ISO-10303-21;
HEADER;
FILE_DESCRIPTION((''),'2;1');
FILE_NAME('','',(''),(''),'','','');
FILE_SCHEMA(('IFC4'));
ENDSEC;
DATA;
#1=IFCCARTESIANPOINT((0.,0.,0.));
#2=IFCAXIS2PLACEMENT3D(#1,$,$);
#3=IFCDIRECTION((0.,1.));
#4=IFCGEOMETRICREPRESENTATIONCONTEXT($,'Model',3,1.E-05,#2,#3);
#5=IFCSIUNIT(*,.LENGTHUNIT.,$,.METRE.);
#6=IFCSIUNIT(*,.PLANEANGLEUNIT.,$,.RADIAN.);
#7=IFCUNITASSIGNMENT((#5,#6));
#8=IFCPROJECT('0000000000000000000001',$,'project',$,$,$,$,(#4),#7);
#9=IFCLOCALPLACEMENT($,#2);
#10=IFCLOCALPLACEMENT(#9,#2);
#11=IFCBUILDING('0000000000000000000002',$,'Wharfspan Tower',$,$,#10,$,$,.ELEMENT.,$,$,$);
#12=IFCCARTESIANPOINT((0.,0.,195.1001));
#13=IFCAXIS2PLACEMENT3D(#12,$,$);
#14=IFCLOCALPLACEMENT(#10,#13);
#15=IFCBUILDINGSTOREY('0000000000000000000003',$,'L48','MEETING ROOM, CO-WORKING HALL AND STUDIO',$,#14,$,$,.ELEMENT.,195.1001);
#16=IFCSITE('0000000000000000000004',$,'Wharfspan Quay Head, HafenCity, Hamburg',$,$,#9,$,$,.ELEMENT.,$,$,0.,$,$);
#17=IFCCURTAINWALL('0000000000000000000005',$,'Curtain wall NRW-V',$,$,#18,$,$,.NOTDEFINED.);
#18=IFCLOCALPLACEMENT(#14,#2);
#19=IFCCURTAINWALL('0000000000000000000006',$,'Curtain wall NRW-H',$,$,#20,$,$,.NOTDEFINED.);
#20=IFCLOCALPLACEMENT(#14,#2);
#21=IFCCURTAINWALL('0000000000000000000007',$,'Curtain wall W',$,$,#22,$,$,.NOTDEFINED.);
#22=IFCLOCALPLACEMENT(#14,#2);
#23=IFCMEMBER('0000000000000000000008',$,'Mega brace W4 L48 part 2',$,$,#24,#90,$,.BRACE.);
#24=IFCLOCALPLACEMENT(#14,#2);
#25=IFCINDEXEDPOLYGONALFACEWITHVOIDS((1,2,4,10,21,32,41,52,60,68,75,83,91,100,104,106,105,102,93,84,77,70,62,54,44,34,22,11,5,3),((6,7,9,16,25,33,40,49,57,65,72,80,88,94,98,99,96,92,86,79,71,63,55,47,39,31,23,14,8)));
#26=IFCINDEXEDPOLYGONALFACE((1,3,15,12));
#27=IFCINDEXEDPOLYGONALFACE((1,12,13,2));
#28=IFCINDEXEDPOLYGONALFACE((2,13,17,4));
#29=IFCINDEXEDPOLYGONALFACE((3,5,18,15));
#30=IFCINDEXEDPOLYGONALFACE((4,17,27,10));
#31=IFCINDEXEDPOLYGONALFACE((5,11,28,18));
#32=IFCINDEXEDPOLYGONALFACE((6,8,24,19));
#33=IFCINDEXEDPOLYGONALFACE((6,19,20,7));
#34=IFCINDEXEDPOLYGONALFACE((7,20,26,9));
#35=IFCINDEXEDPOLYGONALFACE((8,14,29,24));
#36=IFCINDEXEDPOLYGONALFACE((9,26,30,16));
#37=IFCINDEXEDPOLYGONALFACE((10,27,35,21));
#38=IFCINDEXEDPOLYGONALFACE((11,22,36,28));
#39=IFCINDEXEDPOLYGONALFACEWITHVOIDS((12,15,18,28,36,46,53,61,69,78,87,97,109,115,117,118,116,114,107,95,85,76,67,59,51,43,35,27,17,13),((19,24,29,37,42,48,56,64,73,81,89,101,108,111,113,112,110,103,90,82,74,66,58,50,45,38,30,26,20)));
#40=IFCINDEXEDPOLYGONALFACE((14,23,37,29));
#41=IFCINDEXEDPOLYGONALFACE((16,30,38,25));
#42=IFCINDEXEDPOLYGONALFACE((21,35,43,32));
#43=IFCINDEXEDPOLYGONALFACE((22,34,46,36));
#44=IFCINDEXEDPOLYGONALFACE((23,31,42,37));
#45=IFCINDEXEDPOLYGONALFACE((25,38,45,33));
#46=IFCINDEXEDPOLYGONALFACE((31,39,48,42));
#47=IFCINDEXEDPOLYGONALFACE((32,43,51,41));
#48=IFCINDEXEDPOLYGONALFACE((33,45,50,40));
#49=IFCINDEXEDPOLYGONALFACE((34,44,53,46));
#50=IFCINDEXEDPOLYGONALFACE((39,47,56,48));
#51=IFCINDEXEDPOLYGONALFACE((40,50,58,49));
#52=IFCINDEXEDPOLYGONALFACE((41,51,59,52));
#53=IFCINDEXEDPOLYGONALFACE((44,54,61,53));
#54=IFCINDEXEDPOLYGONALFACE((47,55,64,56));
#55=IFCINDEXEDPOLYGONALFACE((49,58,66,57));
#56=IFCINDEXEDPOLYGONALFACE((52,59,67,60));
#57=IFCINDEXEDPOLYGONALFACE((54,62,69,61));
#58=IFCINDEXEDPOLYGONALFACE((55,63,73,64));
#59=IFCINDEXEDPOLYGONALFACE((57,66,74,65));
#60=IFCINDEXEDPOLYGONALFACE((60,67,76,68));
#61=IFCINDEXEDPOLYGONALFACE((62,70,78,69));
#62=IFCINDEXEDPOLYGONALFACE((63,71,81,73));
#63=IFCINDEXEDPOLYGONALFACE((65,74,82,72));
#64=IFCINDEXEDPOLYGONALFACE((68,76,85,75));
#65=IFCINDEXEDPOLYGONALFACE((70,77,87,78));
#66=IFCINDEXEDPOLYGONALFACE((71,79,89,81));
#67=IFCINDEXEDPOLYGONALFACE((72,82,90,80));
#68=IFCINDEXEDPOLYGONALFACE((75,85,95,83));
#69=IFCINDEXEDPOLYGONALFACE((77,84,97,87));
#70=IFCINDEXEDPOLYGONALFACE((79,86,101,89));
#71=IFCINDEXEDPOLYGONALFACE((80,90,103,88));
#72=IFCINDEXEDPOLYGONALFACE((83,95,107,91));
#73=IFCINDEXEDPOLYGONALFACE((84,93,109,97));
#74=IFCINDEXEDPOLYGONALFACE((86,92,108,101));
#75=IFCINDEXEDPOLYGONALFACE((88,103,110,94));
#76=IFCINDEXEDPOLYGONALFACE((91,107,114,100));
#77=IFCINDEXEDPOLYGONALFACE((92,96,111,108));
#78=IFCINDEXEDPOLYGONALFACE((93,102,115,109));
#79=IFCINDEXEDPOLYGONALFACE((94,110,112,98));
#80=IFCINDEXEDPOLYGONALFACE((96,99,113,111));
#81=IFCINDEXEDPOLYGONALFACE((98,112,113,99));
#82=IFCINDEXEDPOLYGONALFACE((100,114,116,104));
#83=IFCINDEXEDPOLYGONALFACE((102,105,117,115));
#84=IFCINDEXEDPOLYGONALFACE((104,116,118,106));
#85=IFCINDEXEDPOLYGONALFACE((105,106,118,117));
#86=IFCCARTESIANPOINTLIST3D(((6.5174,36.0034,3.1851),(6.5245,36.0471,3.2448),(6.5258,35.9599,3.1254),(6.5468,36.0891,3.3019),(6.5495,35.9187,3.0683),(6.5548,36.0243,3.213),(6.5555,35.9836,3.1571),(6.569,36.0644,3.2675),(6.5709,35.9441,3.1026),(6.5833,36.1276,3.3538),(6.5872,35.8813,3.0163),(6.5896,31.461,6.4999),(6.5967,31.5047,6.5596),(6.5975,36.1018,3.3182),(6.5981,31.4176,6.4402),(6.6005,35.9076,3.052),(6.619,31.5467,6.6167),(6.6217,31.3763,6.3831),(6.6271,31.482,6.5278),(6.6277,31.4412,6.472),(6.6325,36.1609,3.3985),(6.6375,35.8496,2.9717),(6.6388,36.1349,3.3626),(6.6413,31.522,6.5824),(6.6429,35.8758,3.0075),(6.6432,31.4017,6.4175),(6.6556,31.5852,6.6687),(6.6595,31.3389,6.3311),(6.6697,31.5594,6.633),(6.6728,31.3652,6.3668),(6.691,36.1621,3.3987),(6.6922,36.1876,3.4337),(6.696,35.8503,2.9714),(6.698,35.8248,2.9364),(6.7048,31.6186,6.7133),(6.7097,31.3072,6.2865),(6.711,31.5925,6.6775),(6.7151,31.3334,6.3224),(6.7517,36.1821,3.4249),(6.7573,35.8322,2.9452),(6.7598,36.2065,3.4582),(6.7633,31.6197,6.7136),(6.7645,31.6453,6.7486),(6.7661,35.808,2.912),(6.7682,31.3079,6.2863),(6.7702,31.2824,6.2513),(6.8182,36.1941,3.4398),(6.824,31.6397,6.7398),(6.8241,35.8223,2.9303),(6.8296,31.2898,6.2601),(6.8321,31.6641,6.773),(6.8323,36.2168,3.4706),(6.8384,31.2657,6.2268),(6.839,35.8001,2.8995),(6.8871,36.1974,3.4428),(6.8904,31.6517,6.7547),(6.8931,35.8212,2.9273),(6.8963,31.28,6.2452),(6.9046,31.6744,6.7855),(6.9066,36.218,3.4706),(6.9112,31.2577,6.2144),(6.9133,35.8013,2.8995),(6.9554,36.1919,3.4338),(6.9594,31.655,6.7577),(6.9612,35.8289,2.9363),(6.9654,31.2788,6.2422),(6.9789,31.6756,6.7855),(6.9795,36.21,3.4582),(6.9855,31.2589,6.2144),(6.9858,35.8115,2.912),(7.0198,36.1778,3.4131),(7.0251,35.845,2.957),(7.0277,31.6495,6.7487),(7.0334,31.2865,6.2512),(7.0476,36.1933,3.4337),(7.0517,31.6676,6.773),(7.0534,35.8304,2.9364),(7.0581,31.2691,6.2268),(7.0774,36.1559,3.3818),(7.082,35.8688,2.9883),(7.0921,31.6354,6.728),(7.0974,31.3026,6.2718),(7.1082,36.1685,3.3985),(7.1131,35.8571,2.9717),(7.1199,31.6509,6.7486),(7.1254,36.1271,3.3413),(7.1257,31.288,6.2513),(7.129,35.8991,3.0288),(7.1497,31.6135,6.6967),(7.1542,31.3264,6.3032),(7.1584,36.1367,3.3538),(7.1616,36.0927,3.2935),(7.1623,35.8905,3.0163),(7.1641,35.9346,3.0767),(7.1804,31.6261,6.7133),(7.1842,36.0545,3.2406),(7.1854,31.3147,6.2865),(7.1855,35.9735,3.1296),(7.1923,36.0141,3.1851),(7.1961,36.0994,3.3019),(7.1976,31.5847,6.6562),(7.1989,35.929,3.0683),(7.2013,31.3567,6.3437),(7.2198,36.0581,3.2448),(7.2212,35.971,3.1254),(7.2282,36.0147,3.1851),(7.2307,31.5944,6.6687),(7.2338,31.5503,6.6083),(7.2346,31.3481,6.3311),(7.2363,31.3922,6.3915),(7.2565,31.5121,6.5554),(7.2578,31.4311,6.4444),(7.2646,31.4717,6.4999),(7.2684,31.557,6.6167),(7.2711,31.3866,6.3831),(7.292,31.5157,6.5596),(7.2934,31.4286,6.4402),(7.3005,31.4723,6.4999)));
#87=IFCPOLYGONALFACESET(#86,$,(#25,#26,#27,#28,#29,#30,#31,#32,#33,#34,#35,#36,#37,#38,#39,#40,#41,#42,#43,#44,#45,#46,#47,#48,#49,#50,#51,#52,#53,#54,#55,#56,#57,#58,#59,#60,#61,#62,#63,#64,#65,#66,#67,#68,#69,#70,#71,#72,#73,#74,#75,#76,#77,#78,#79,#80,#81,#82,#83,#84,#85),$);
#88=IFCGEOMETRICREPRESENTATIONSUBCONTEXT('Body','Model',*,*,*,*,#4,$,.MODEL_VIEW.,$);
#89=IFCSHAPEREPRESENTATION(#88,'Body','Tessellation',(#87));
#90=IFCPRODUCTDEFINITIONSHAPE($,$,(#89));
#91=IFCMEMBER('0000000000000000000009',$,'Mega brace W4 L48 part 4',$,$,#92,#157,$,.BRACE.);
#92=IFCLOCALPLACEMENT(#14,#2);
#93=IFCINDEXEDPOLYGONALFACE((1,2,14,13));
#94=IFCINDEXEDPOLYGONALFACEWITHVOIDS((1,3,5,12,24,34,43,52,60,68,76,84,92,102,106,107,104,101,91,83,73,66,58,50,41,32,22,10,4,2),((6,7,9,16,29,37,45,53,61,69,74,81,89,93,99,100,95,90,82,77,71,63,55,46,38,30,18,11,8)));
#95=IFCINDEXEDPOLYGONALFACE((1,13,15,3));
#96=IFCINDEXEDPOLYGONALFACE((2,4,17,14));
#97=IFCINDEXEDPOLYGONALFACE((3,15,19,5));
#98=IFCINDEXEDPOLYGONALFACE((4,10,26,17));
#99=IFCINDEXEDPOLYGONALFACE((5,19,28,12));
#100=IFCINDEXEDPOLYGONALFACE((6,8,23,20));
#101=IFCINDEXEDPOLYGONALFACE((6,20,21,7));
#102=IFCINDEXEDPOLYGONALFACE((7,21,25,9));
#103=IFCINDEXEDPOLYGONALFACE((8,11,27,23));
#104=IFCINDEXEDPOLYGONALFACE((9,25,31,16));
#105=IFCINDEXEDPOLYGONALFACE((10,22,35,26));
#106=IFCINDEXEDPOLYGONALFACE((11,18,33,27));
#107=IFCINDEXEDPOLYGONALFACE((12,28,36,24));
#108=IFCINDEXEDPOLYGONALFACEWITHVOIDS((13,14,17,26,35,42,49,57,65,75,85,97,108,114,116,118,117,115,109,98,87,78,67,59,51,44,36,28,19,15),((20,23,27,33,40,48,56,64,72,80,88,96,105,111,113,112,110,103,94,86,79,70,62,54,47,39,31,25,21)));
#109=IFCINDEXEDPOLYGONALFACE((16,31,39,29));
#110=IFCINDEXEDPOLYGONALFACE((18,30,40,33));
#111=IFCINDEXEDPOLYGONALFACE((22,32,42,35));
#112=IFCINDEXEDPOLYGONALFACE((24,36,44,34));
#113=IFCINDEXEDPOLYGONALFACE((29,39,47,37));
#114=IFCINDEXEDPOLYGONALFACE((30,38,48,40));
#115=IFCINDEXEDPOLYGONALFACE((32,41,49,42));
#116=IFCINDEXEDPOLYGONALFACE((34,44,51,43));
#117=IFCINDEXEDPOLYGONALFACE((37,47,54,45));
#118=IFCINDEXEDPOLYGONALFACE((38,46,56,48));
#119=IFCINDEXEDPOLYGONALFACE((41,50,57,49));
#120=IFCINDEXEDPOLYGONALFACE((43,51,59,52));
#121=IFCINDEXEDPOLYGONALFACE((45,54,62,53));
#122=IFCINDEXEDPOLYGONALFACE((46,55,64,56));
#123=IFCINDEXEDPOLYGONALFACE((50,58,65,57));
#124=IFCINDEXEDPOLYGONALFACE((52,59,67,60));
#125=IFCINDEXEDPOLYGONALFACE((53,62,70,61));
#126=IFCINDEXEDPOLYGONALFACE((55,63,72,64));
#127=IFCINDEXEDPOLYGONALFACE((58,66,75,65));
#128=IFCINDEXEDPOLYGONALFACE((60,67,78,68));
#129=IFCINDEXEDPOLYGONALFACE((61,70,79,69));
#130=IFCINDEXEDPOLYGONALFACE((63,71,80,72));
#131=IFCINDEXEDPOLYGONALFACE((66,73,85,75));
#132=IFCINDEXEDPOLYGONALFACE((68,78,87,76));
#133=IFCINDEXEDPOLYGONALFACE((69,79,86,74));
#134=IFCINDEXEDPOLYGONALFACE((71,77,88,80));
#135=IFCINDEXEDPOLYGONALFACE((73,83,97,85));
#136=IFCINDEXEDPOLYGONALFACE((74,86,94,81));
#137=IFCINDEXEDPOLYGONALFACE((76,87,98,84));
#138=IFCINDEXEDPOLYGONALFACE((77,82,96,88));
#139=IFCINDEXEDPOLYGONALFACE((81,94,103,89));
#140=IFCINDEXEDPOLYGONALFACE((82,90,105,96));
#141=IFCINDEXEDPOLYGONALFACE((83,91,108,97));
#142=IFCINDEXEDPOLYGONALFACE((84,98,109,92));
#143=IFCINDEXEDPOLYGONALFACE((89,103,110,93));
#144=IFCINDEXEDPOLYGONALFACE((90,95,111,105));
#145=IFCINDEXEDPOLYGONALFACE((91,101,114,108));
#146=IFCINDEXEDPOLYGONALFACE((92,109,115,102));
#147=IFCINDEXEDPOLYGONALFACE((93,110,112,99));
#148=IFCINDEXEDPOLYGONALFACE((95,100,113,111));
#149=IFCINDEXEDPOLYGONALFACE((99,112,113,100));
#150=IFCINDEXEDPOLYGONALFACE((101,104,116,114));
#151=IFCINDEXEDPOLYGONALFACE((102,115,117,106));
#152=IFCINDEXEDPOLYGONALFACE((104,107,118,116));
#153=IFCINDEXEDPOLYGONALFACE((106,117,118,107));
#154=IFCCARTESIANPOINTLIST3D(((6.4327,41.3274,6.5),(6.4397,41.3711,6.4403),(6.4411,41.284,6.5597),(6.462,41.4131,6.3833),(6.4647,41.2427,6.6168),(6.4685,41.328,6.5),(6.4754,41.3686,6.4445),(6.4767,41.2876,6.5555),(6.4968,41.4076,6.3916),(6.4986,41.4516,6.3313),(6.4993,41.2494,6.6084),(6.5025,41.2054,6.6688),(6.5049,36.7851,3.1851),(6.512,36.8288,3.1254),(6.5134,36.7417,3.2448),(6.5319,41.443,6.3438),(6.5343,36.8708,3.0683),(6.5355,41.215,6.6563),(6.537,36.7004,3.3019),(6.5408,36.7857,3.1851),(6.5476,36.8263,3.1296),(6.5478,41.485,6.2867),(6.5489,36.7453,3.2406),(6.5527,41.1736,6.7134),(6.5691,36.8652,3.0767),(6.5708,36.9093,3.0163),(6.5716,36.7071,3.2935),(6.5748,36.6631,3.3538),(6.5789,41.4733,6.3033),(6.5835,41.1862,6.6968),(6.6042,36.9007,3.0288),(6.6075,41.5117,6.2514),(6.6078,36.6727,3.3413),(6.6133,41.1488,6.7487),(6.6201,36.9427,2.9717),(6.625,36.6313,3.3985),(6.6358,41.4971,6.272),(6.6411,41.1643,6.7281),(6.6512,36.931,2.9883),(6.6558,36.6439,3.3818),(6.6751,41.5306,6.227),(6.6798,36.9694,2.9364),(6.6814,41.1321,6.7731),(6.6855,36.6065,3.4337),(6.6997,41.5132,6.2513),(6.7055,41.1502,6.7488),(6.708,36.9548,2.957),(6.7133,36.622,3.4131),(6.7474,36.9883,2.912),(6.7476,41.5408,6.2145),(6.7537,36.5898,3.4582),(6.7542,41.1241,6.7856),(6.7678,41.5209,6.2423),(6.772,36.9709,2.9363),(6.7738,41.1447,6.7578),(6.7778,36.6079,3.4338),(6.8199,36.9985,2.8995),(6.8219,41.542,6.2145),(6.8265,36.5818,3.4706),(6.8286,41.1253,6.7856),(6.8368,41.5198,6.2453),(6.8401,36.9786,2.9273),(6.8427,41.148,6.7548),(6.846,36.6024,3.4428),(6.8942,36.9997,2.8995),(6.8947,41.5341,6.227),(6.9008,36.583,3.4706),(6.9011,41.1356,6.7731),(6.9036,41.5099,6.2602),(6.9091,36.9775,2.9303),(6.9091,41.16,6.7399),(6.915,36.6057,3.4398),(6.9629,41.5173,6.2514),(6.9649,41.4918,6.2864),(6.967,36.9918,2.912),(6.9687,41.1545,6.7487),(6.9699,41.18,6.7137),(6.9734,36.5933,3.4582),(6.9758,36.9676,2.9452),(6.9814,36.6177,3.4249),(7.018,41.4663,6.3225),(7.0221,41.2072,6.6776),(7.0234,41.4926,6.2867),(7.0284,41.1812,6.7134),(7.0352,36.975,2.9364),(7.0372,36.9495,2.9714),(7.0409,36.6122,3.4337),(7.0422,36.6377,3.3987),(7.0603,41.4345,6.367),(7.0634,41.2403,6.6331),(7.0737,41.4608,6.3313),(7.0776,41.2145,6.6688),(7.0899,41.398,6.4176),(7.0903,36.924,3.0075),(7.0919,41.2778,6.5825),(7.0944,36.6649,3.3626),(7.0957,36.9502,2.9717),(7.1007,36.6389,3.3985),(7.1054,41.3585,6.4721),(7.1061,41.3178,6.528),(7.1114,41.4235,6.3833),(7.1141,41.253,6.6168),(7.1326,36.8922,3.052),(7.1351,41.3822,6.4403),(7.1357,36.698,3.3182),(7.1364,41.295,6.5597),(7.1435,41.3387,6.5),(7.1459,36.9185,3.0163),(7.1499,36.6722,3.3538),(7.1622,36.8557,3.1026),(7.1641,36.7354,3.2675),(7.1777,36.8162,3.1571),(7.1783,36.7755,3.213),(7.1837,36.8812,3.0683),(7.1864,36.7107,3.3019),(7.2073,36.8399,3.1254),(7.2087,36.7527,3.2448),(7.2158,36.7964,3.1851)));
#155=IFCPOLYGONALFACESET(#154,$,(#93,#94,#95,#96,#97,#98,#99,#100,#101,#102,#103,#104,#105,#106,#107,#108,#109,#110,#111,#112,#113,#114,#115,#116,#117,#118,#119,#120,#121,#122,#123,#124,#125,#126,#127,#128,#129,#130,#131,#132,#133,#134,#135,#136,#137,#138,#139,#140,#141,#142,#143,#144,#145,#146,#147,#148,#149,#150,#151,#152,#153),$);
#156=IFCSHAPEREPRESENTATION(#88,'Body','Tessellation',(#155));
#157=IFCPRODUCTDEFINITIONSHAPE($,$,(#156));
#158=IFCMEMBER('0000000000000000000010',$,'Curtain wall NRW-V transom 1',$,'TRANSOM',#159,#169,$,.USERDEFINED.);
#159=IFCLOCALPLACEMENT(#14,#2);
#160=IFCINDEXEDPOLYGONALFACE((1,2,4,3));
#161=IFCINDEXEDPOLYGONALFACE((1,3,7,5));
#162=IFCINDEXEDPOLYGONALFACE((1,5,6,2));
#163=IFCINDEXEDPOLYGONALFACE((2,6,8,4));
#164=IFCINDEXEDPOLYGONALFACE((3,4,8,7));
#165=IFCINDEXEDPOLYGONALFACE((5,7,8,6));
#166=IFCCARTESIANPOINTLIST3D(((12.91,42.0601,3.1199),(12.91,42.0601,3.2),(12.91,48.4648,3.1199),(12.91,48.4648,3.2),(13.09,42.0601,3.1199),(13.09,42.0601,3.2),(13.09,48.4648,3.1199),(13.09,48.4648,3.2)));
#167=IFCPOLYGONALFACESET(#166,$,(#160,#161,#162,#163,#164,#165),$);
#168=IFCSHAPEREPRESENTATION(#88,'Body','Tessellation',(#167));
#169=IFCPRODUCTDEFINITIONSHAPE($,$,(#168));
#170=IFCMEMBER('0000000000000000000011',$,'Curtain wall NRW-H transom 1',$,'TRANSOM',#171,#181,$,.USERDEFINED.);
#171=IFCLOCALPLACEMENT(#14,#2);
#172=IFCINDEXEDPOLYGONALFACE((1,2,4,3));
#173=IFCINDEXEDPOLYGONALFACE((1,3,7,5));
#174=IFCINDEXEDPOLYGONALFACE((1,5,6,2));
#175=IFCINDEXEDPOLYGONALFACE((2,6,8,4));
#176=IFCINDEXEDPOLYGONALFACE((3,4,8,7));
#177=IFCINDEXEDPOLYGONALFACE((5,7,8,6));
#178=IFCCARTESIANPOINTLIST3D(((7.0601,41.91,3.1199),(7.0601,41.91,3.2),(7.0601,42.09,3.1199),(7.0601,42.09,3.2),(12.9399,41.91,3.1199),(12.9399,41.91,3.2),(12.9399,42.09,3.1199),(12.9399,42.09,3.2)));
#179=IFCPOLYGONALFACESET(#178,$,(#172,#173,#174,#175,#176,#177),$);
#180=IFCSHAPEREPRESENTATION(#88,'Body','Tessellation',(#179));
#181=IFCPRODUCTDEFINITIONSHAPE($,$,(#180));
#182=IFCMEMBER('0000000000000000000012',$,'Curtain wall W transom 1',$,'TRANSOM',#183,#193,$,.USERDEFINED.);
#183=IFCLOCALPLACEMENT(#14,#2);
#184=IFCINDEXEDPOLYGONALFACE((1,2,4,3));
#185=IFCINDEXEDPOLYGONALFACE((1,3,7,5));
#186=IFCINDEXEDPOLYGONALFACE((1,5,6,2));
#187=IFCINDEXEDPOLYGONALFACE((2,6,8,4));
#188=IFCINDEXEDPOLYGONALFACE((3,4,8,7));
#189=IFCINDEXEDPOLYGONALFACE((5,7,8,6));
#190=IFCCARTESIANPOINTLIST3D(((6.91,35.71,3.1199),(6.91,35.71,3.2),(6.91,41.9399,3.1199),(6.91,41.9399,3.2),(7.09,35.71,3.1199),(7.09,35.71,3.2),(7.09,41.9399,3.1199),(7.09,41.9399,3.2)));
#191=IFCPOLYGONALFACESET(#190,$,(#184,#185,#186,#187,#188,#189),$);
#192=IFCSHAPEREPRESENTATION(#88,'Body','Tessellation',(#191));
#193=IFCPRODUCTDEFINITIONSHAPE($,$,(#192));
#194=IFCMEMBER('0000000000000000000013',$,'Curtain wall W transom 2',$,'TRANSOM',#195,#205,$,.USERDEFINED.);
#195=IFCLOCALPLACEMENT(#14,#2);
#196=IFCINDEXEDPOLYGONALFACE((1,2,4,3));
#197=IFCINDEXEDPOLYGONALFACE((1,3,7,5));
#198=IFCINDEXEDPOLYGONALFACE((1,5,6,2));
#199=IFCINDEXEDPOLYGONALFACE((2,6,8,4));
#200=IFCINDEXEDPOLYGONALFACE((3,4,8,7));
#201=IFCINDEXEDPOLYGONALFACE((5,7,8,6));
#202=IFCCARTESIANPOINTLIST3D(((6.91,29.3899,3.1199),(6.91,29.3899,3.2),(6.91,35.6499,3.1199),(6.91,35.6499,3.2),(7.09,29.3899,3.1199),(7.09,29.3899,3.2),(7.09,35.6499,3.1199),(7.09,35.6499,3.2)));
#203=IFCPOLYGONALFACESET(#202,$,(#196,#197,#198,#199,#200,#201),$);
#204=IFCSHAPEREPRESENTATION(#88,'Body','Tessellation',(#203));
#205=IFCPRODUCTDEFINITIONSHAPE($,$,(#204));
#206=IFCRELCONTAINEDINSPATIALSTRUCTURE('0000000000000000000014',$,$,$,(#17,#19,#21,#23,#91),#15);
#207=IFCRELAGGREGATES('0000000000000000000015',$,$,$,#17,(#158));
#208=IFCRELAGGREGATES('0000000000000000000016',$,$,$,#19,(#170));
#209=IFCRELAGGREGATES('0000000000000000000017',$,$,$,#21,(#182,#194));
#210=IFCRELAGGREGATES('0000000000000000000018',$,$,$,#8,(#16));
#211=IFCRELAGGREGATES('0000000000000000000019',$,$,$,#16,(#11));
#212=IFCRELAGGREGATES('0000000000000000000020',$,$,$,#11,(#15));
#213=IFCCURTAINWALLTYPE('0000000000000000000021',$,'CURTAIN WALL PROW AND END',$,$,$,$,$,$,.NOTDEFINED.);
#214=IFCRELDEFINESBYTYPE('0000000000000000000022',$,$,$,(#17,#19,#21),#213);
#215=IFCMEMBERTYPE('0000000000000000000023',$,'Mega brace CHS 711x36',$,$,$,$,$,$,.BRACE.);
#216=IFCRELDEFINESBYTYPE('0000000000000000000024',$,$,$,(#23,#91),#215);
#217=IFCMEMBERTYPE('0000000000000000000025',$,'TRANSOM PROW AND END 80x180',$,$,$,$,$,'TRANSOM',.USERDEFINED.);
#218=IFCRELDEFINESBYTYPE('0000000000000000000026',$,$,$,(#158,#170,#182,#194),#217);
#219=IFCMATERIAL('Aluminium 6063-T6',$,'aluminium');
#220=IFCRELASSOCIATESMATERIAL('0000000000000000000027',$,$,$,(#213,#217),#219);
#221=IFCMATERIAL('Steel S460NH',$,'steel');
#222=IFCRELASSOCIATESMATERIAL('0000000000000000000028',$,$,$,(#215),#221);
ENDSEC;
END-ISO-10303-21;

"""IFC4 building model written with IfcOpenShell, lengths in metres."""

from ifc_helpers import new_model, si_unit, direction, frame, origin, origin_2d, place, context, subcontext, project, spatial, rectangle, hollow_circle, extrude, material, material_profile, profile_set, type_object, element, aggregate, save


model = new_model("IFC4")

# Units and contexts
model_context = context("Model", 3, precision=1e-05, world=origin(), true_north=direction((0.0, 1.0)))
body_context = subcontext(model_context, "Body", "Model", "MODEL_VIEW")
ifc_project = project(units=[si_unit("LENGTHUNIT", "METRE"), si_unit("PLANEANGLEUNIT", "RADIAN")], contexts=[model_context])

# Site, building, storey
site_placement = place(None, origin())
site = spatial("IfcSite", under=ifc_project, at=site_placement, Name="Wharfspan Quay Head, HafenCity, Hamburg", CompositionType="ELEMENT", RefElevation=0.0)
building_placement = place(site_placement, origin())
building = spatial("IfcBuilding", under=site, at=building_placement, Name="Wharfspan Tower", CompositionType="ELEMENT")
storey_placement = place(building_placement, frame((0.0, 0.0, 195.1001)))
storey = spatial("IfcBuildingStorey", under=building, at=storey_placement, Name="L48", Description="MEETING ROOM, CO-WORKING HALL AND STUDIO", CompositionType="ELEMENT", Elevation=195.1001)

# Curtain walls
ifc_material_1 = material(Name="Aluminium 6063-T6", Category="aluminium")
curtain_wall_type = type_object("IfcCurtainWallType", Name="CURTAIN WALL PROW AND END", PredefinedType="NOTDEFINED", material=ifc_material_1)
curtain_wall_1_placement = place(storey_placement, origin())
curtain_wall_1 = element("IfcCurtainWall", 1, at=curtain_wall_1_placement, inside=storey, type_object=curtain_wall_type, Name="Curtain wall NRW-V", PredefinedType="NOTDEFINED")
curtain_wall_2_placement = place(storey_placement, origin())
curtain_wall_2 = element("IfcCurtainWall", 2, at=curtain_wall_2_placement, inside=storey, type_object=curtain_wall_type, Name="Curtain wall NRW-H", PredefinedType="NOTDEFINED")
curtain_wall_3_placement = place(storey_placement, origin())
curtain_wall_3 = element("IfcCurtainWall", 3, at=curtain_wall_3_placement, inside=storey, type_object=curtain_wall_type, Name="Curtain wall W", PredefinedType="NOTDEFINED")

# Members
ifc_material_2 = material(Name="Steel S460NH", Category="steel")
ifc_material_profile_1 = material_profile(ifc_material_2, hollow_circle(Radius=0.3555, WallThickness=0.0359, at=origin_2d()))
ifc_profile_set_1 = profile_set([ifc_material_profile_1], Name="Steel S460NH")
member_type_1 = type_object("IfcMemberType", Name="Mega brace CHS 711x36", PredefinedType="BRACE", material=ifc_profile_set_1)
for number, where, z_axis, x_axis, name in (
    (4, (6.8728, 36.009, 3.1851), (0.01285, -0.807711, 0.589439), (0.999876, 0.015905, -0.000003), "Mega brace W4 L48 part 2"),
    (5, (6.8604, 36.7908, 3.1851), (-0.01285, 0.807696, 0.589459), (-0.999875, -0.015906, -0.000002), "Mega brace W4 L48 part 4"),
):
    element("IfcMember", number, at=place(storey_placement, frame(where, z_axis=z_axis, x_axis=x_axis)), inside=storey, type_object=member_type_1, Name=name, PredefinedType="BRACE", context=body_context, shape_type="SweptSolid", body=[
        extrude(hollow_circle(Radius=0.3555, WallThickness=0.0359, at=origin_2d()), origin(), (0.0, 0.0, 1.0), 5.6238),
    ])

# Members
ifc_material_profile_2 = material_profile(ifc_material_1, rectangle(XDim=0.1799, YDim=0.0801, at=origin_2d()))
ifc_profile_set_2 = profile_set([ifc_material_profile_2], Name="Aluminium 6063-T6")
member_type_2 = type_object("IfcMemberType", Name="TRANSOM PROW AND END 80x180", ElementType="TRANSOM", PredefinedType="USERDEFINED", material=ifc_profile_set_2)
member_1_placement = place(storey_placement, frame((13.0, 48.4648, 3.1599), z_axis=(0.0, -1.0, 0.0), x_axis=(1.0, 0.0, 0.0)))
member_1 = element("IfcMember", 6, at=member_1_placement, type_object=member_type_2, Name="Curtain wall NRW-V transom 1", ObjectType="TRANSOM", PredefinedType="USERDEFINED", context=body_context, shape_type="SweptSolid", body=[
    extrude(rectangle(XDim=0.1799, YDim=0.0801, at=origin_2d()), origin(), (0.0, 0.0, 1.0), 6.4048),
])
member_2_placement = place(storey_placement, frame((12.9399, 42.0, 3.1599), z_axis=(-1.0, 0.0, 0.0), x_axis=(0.0, -1.0, 0.0)))
member_2 = element("IfcMember", 7, at=member_2_placement, type_object=member_type_2, Name="Curtain wall NRW-H transom 1", ObjectType="TRANSOM", PredefinedType="USERDEFINED", context=body_context, shape_type="SweptSolid", body=[
    extrude(rectangle(XDim=0.1799, YDim=0.0801, at=origin_2d()), origin(), (0.0, 0.0, 1.0), 5.8799),
])
member_3_placement = place(storey_placement, frame((7.0, 41.9399, 3.1599), z_axis=(0.0, -1.0, 0.0), x_axis=(1.0, 0.0, 0.0)))
member_3 = element("IfcMember", 8, at=member_3_placement, type_object=member_type_2, Name="Curtain wall W transom 1", ObjectType="TRANSOM", PredefinedType="USERDEFINED", context=body_context, shape_type="SweptSolid", body=[
    extrude(rectangle(XDim=0.1799, YDim=0.0801, at=origin_2d()), origin(), (0.0, 0.0, 1.0), 6.23),
])
member_4_placement = place(storey_placement, frame((7.0, 35.6499, 3.1599), z_axis=(0.0, -1.0, 0.0), x_axis=(1.0, 0.0, 0.0)))
member_4 = element("IfcMember", 9, at=member_4_placement, type_object=member_type_2, Name="Curtain wall W transom 2", ObjectType="TRANSOM", PredefinedType="USERDEFINED", context=body_context, shape_type="SweptSolid", body=[
    extrude(rectangle(XDim=0.1799, YDim=0.0801, at=origin_2d()), origin(), (0.0, 0.0, 1.0), 6.26),
])

aggregate(curtain_wall_1, [member_1])
aggregate(curtain_wall_2, [member_2])
aggregate(curtain_wall_3, [member_3, member_4])

save(model, "model.ifc")
